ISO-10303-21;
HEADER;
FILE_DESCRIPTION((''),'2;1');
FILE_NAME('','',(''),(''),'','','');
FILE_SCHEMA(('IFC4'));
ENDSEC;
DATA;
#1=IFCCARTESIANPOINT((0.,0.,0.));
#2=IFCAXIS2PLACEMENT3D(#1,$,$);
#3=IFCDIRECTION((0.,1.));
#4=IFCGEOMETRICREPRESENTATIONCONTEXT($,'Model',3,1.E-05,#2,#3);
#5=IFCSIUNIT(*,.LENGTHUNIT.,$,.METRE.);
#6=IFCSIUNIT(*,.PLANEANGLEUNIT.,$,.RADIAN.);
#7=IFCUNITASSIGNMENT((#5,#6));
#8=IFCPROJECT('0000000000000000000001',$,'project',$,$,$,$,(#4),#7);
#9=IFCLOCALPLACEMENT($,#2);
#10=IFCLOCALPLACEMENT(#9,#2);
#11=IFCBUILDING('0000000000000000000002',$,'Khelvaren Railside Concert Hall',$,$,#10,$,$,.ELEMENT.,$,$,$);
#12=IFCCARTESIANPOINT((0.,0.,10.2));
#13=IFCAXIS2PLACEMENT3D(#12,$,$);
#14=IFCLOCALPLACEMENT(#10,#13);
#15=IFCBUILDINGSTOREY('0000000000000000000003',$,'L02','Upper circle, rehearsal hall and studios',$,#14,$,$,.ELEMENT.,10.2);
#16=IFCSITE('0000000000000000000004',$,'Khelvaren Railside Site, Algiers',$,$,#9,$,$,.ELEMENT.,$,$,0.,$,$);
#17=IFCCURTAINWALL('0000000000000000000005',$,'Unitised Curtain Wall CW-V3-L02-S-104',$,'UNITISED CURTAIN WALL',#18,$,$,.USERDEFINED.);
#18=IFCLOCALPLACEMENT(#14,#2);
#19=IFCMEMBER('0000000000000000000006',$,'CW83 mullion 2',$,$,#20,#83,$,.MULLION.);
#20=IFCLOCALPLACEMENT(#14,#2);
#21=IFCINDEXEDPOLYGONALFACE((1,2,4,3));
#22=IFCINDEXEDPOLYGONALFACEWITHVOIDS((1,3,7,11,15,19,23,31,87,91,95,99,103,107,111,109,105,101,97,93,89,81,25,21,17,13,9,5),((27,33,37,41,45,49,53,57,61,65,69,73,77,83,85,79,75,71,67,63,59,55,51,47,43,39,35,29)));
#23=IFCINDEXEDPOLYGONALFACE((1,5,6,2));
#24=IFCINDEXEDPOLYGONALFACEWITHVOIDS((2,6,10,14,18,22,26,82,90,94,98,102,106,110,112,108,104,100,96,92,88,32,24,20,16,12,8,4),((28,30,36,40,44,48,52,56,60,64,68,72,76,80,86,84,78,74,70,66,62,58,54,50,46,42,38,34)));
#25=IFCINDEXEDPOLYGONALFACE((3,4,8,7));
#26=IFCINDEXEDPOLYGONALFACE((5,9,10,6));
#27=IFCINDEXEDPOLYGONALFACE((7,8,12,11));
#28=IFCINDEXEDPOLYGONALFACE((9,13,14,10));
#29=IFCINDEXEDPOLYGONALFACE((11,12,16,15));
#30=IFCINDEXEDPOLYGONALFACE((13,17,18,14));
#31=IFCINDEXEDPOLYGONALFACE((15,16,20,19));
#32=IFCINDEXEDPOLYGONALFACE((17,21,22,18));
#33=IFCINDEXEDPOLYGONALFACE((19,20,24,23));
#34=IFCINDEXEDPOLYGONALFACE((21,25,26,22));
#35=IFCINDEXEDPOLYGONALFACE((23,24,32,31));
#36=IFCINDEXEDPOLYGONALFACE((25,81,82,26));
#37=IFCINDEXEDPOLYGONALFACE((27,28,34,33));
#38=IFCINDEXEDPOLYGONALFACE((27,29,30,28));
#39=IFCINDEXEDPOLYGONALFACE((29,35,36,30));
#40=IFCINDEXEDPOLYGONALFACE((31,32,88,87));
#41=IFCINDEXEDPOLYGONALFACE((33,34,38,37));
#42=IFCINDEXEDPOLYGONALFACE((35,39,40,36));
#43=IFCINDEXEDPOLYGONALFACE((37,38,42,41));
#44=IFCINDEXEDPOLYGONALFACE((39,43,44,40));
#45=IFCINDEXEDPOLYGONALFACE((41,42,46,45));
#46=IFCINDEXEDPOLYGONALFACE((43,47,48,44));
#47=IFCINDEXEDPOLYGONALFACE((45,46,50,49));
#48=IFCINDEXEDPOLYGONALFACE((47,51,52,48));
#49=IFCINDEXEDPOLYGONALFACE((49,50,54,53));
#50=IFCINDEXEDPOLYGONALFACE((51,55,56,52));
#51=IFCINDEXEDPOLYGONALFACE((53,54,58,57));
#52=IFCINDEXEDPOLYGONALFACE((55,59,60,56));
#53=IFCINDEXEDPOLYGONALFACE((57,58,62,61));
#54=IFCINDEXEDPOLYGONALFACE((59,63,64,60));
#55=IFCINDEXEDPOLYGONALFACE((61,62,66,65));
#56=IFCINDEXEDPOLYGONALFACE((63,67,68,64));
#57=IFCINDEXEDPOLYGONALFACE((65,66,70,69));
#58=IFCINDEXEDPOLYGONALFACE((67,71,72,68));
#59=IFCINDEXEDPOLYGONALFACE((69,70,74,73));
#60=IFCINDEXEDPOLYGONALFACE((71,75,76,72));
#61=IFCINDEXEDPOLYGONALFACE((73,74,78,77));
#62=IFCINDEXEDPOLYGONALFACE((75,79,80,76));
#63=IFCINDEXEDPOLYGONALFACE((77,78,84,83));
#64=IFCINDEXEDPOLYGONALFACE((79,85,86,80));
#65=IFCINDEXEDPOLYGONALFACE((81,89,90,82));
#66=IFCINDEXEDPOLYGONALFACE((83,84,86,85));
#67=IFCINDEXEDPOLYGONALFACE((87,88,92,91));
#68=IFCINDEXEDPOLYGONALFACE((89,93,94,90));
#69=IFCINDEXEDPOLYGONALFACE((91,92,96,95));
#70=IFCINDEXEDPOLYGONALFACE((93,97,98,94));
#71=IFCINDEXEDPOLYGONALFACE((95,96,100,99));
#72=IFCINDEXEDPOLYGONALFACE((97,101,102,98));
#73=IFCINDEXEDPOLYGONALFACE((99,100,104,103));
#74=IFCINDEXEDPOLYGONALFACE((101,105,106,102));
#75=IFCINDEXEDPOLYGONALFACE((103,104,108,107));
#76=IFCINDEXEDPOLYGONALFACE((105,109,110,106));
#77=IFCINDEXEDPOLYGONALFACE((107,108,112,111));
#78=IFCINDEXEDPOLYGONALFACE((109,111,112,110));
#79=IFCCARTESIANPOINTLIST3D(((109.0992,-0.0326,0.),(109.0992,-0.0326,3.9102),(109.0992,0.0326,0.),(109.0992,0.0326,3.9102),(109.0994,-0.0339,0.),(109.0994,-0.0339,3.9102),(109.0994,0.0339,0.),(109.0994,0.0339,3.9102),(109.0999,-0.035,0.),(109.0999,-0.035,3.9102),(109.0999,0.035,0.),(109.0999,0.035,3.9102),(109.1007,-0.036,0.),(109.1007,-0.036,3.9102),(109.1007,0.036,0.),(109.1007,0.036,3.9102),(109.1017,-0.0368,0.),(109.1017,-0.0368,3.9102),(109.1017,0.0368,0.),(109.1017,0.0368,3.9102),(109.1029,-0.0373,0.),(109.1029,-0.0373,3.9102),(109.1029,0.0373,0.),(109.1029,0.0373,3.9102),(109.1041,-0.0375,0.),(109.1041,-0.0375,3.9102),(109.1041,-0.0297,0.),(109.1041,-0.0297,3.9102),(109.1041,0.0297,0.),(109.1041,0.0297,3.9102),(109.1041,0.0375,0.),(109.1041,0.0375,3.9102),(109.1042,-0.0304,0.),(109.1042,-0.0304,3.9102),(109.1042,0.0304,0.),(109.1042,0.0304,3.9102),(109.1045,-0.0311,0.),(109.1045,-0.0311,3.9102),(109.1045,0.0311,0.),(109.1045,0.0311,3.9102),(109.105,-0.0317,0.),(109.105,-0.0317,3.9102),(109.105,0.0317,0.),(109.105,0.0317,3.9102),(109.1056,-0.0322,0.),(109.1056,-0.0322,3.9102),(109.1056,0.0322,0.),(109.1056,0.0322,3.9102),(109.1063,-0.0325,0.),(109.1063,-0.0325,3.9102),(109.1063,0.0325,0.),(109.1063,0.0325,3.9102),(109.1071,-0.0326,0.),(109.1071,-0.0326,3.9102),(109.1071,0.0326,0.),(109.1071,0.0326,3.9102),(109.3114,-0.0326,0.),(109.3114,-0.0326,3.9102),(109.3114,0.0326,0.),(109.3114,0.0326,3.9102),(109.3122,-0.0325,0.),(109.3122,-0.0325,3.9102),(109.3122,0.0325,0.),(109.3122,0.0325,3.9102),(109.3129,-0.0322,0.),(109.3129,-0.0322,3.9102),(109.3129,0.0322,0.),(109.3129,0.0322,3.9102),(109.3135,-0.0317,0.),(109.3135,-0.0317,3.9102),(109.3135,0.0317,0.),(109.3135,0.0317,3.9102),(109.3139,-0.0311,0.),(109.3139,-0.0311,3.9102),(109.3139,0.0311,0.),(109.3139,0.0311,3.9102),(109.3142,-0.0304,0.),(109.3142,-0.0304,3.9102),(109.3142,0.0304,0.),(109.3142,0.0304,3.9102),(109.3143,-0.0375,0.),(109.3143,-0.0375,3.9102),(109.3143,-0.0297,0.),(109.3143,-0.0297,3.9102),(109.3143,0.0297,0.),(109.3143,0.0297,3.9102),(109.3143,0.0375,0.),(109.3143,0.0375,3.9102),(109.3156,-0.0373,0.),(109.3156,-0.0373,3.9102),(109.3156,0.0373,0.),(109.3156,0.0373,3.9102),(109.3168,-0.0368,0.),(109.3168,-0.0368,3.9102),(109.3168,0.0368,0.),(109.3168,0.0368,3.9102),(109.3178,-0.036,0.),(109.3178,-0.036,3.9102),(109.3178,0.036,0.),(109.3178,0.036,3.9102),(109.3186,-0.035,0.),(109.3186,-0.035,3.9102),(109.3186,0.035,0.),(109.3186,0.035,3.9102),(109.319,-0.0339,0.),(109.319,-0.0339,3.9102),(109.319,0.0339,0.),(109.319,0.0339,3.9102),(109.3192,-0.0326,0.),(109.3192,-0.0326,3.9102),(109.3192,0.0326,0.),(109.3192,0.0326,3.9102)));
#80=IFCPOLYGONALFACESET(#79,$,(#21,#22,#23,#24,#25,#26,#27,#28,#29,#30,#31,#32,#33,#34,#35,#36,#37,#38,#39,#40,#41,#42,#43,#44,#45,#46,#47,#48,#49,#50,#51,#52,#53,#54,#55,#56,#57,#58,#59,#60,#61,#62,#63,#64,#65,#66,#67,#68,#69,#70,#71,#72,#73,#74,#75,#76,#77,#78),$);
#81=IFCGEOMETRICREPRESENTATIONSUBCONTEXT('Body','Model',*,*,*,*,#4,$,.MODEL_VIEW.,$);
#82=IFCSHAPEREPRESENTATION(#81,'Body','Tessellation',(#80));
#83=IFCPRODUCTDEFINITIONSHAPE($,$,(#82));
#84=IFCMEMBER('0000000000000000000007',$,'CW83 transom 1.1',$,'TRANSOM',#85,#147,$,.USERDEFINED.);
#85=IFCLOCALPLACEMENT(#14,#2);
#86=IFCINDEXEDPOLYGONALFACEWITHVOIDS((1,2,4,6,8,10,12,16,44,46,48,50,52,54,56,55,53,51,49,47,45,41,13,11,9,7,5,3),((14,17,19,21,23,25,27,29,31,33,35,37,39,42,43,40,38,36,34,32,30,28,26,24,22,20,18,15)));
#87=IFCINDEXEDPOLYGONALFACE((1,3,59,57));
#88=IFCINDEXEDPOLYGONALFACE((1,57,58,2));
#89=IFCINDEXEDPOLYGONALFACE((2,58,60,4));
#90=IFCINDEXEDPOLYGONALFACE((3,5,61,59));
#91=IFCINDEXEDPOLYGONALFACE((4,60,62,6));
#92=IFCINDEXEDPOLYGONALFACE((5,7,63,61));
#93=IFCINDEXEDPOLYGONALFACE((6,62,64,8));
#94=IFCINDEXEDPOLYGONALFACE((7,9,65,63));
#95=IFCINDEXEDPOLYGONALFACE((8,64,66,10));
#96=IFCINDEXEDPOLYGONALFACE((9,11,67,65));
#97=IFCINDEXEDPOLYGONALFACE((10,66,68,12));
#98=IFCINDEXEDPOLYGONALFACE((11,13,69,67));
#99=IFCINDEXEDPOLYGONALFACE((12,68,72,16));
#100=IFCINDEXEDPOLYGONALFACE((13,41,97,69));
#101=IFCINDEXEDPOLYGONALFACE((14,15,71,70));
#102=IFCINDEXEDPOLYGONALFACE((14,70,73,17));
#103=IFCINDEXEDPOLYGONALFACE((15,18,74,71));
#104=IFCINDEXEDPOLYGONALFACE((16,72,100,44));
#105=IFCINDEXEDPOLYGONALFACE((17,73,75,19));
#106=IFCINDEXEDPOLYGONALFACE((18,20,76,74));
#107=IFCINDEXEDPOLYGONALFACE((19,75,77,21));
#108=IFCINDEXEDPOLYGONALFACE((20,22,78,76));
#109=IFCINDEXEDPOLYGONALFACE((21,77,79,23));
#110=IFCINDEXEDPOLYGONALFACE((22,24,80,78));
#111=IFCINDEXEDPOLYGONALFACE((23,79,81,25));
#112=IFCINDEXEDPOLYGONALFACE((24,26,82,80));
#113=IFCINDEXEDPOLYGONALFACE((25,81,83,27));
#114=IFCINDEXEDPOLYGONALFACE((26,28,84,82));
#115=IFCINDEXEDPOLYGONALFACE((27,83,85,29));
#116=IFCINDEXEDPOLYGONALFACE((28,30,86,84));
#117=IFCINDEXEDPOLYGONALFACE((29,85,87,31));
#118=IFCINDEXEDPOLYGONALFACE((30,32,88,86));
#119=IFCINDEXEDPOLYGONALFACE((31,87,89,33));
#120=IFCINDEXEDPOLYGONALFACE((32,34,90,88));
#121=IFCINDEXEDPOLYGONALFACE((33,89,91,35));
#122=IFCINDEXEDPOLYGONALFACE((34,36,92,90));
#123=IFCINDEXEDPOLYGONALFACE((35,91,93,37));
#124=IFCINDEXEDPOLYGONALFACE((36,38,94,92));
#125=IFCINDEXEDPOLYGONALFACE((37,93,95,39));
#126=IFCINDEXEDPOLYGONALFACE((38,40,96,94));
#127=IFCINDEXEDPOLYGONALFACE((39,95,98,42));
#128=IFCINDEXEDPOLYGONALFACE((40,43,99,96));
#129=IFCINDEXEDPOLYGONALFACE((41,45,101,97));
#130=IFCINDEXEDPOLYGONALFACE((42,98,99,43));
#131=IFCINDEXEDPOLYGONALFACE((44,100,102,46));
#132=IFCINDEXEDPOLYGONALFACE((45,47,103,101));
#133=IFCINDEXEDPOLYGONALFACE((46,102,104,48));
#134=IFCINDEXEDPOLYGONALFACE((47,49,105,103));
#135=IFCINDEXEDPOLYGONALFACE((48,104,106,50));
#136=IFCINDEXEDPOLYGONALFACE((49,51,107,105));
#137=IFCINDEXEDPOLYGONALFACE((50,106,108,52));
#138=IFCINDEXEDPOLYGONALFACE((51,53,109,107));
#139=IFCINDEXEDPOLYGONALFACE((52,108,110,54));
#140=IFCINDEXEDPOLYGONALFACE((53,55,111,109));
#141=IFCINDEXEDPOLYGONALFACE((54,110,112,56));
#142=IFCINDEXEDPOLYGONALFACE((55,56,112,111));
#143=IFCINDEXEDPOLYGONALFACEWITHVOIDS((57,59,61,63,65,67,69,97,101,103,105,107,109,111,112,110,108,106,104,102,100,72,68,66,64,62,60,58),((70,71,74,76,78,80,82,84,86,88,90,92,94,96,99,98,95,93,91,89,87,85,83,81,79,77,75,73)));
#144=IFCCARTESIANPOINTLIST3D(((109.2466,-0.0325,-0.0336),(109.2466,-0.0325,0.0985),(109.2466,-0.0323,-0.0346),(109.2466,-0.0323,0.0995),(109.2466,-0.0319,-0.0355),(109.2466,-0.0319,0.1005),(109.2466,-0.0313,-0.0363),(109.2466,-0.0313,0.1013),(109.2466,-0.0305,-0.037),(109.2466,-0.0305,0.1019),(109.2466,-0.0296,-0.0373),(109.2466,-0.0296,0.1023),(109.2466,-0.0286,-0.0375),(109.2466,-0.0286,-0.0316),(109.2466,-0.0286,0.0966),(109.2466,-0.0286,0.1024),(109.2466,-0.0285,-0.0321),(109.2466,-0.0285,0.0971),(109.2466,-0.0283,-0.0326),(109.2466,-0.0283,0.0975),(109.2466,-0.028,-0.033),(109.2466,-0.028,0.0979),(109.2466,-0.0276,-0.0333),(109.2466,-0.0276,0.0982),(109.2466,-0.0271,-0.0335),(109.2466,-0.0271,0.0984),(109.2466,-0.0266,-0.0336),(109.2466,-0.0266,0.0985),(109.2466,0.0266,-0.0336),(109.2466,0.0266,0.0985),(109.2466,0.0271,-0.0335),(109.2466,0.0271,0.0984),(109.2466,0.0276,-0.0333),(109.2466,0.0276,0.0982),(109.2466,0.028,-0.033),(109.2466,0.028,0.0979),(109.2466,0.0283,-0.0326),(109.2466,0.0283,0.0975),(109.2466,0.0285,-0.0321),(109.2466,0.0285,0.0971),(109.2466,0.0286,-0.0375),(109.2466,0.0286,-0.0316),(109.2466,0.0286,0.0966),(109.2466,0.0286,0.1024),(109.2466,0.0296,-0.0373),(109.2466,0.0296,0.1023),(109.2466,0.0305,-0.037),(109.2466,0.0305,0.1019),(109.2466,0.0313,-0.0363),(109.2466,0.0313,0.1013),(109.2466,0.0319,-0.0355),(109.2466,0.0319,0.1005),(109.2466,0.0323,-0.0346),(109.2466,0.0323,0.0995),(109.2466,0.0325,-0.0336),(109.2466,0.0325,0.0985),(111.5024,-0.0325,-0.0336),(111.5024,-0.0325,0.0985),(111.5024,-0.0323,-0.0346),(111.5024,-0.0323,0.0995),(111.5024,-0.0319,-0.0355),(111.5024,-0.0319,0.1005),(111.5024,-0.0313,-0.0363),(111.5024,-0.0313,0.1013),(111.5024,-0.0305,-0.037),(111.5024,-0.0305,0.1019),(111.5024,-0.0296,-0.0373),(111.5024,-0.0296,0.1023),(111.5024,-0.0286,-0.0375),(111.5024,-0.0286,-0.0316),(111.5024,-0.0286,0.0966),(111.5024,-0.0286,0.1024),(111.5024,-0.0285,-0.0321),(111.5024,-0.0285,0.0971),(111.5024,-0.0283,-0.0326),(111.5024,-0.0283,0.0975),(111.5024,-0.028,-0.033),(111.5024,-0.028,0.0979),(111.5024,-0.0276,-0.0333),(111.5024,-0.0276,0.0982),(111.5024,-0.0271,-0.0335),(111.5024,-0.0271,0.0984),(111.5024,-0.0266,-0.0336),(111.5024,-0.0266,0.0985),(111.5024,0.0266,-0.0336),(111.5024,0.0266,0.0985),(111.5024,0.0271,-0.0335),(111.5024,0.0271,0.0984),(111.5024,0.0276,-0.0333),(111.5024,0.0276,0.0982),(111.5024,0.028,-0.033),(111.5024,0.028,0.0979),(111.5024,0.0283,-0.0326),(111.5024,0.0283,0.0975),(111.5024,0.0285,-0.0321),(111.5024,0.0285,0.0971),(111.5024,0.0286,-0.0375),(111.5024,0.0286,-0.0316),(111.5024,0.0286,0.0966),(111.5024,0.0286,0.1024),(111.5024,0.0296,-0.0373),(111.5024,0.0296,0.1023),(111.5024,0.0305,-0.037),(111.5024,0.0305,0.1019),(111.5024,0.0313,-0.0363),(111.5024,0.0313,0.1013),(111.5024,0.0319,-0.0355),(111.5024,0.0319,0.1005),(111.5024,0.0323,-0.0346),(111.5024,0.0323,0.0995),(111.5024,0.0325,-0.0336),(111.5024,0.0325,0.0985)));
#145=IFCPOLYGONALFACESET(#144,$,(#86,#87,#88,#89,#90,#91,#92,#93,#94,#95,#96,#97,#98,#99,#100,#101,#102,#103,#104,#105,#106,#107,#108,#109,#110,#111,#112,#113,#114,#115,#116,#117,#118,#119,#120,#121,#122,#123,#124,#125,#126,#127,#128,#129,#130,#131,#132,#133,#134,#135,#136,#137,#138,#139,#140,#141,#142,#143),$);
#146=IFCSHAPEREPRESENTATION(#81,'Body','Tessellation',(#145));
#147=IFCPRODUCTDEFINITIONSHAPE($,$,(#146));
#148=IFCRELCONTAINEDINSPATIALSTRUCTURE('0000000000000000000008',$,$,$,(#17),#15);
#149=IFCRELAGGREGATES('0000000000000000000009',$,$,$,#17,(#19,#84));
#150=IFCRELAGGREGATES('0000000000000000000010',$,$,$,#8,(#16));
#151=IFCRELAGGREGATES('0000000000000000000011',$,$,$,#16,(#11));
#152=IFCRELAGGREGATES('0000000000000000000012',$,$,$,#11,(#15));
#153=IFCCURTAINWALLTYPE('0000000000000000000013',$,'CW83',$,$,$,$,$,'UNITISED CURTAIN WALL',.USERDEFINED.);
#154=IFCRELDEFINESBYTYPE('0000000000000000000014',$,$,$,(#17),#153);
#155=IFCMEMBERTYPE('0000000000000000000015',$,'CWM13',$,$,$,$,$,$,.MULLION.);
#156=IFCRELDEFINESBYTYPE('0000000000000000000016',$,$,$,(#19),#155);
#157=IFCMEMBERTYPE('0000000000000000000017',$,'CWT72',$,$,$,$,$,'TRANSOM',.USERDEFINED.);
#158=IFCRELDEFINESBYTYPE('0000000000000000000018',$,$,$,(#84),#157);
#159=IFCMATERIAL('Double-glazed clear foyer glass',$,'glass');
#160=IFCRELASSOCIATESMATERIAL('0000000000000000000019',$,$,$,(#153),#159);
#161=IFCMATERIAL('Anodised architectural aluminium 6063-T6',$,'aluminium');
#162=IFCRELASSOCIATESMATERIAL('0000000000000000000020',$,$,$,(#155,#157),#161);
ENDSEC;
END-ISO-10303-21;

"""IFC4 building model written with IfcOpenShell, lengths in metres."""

from ifc_helpers import new_model, si_unit, direction, frame, origin, origin_2d, place, context, subcontext, project, spatial, hollow_rectangle, extrude, material, material_profile, profile_set, type_object, element, aggregate, save


model = new_model("IFC4")

# Units and contexts
model_context = context("Model", 3, precision=1e-05, world=origin(), true_north=direction((0.0, 1.0)))
body_context = subcontext(model_context, "Body", "Model", "MODEL_VIEW")
ifc_project = project(units=[si_unit("LENGTHUNIT", "METRE"), si_unit("PLANEANGLEUNIT", "RADIAN")], contexts=[model_context])

# Site, building, storey
site_placement = place(None, origin())
site = spatial("IfcSite", under=ifc_project, at=site_placement, Name="Khelvaren Railside Site, Algiers", CompositionType="ELEMENT", RefElevation=0.0)
building_placement = place(site_placement, origin())
building = spatial("IfcBuilding", under=site, at=building_placement, Name="Khelvaren Railside Concert Hall", CompositionType="ELEMENT")
storey_placement = place(building_placement, frame((0.0, 0.0, 10.2)))
storey = spatial("IfcBuildingStorey", under=building, at=storey_placement, Name="L02", Description="Upper circle, rehearsal hall and studios", CompositionType="ELEMENT", Elevation=10.2)

# Curtain wall, members
ifc_material_1 = material(Name="Double-glazed clear foyer glass", Category="glass")
curtain_wall_type = type_object("IfcCurtainWallType", Name="CW83", ElementType="UNITISED CURTAIN WALL", PredefinedType="USERDEFINED", material=ifc_material_1)
curtain_wall_placement = place(storey_placement, origin())
curtain_wall = element("IfcCurtainWall", 1, at=curtain_wall_placement, inside=storey, type_object=curtain_wall_type, Name="Unitised Curtain Wall CW-V3-L02-S-104", ObjectType="UNITISED CURTAIN WALL", PredefinedType="USERDEFINED")
ifc_material_2 = material(Name="Anodised architectural aluminium 6063-T6", Category="aluminium")
ifc_material_profile_1 = material_profile(ifc_material_2, hollow_rectangle(XDim=0.075, YDim=0.22, WallThickness=0.0049, InnerFilletRadius=0.0029, OuterFilletRadius=0.0049, at=origin_2d()), Name="CWM 75x220x5")
ifc_profile_set_1 = profile_set([ifc_material_profile_1], Name="Anodised architectural aluminium 6063-T6")
member_type_1 = type_object("IfcMemberType", Name="CWM13", PredefinedType="MULLION", material=ifc_profile_set_1)
member_1_placement = place(storey_placement, frame((109.2092, 0.0, 0.0), z_axis=(0.0, 0.0, 1.0), x_axis=(0.0, -1.0, 0.0)))
member_1 = element("IfcMember", 2, at=member_1_placement, type_object=member_type_1, Name="CW83 mullion 2", PredefinedType="MULLION", context=body_context, shape_type="SweptSolid", body=[
    extrude(hollow_rectangle(XDim=0.075, YDim=0.22, WallThickness=0.0049, InnerFilletRadius=0.0029, OuterFilletRadius=0.0049, at=origin_2d()), origin(), (0.0, 0.0, 1.0), 3.9102),
])
ifc_material_profile_2 = material_profile(ifc_material_2, hollow_rectangle(XDim=0.0649, YDim=0.1399, WallThickness=0.0039, InnerFilletRadius=0.002, OuterFilletRadius=0.0039, at=origin_2d()), Name="CWT 65x140x4")
ifc_profile_set_2 = profile_set([ifc_material_profile_2], Name="Anodised architectural aluminium 6063-T6")
member_type_2 = type_object("IfcMemberType", Name="CWT72", ElementType="TRANSOM", PredefinedType="USERDEFINED", material=ifc_profile_set_2)
member_2_placement = place(storey_placement, frame((111.5024, 0.0, 0.0325), z_axis=(-1.0, 0.0, 0.0), x_axis=(0.0, -1.0, 0.0)))
member_2 = element("IfcMember", 3, at=member_2_placement, type_object=member_type_2, Name="CW83 transom 1.1", ObjectType="TRANSOM", PredefinedType="USERDEFINED", context=body_context, shape_type="SweptSolid", body=[
    extrude(hollow_rectangle(XDim=0.0649, YDim=0.1399, WallThickness=0.0039, InnerFilletRadius=0.002, OuterFilletRadius=0.0039, at=origin_2d()), origin(), (0.0, 0.0, 1.0), 2.2559),
])

aggregate(curtain_wall, [member_1, member_2])

save(model, "model.ifc")
